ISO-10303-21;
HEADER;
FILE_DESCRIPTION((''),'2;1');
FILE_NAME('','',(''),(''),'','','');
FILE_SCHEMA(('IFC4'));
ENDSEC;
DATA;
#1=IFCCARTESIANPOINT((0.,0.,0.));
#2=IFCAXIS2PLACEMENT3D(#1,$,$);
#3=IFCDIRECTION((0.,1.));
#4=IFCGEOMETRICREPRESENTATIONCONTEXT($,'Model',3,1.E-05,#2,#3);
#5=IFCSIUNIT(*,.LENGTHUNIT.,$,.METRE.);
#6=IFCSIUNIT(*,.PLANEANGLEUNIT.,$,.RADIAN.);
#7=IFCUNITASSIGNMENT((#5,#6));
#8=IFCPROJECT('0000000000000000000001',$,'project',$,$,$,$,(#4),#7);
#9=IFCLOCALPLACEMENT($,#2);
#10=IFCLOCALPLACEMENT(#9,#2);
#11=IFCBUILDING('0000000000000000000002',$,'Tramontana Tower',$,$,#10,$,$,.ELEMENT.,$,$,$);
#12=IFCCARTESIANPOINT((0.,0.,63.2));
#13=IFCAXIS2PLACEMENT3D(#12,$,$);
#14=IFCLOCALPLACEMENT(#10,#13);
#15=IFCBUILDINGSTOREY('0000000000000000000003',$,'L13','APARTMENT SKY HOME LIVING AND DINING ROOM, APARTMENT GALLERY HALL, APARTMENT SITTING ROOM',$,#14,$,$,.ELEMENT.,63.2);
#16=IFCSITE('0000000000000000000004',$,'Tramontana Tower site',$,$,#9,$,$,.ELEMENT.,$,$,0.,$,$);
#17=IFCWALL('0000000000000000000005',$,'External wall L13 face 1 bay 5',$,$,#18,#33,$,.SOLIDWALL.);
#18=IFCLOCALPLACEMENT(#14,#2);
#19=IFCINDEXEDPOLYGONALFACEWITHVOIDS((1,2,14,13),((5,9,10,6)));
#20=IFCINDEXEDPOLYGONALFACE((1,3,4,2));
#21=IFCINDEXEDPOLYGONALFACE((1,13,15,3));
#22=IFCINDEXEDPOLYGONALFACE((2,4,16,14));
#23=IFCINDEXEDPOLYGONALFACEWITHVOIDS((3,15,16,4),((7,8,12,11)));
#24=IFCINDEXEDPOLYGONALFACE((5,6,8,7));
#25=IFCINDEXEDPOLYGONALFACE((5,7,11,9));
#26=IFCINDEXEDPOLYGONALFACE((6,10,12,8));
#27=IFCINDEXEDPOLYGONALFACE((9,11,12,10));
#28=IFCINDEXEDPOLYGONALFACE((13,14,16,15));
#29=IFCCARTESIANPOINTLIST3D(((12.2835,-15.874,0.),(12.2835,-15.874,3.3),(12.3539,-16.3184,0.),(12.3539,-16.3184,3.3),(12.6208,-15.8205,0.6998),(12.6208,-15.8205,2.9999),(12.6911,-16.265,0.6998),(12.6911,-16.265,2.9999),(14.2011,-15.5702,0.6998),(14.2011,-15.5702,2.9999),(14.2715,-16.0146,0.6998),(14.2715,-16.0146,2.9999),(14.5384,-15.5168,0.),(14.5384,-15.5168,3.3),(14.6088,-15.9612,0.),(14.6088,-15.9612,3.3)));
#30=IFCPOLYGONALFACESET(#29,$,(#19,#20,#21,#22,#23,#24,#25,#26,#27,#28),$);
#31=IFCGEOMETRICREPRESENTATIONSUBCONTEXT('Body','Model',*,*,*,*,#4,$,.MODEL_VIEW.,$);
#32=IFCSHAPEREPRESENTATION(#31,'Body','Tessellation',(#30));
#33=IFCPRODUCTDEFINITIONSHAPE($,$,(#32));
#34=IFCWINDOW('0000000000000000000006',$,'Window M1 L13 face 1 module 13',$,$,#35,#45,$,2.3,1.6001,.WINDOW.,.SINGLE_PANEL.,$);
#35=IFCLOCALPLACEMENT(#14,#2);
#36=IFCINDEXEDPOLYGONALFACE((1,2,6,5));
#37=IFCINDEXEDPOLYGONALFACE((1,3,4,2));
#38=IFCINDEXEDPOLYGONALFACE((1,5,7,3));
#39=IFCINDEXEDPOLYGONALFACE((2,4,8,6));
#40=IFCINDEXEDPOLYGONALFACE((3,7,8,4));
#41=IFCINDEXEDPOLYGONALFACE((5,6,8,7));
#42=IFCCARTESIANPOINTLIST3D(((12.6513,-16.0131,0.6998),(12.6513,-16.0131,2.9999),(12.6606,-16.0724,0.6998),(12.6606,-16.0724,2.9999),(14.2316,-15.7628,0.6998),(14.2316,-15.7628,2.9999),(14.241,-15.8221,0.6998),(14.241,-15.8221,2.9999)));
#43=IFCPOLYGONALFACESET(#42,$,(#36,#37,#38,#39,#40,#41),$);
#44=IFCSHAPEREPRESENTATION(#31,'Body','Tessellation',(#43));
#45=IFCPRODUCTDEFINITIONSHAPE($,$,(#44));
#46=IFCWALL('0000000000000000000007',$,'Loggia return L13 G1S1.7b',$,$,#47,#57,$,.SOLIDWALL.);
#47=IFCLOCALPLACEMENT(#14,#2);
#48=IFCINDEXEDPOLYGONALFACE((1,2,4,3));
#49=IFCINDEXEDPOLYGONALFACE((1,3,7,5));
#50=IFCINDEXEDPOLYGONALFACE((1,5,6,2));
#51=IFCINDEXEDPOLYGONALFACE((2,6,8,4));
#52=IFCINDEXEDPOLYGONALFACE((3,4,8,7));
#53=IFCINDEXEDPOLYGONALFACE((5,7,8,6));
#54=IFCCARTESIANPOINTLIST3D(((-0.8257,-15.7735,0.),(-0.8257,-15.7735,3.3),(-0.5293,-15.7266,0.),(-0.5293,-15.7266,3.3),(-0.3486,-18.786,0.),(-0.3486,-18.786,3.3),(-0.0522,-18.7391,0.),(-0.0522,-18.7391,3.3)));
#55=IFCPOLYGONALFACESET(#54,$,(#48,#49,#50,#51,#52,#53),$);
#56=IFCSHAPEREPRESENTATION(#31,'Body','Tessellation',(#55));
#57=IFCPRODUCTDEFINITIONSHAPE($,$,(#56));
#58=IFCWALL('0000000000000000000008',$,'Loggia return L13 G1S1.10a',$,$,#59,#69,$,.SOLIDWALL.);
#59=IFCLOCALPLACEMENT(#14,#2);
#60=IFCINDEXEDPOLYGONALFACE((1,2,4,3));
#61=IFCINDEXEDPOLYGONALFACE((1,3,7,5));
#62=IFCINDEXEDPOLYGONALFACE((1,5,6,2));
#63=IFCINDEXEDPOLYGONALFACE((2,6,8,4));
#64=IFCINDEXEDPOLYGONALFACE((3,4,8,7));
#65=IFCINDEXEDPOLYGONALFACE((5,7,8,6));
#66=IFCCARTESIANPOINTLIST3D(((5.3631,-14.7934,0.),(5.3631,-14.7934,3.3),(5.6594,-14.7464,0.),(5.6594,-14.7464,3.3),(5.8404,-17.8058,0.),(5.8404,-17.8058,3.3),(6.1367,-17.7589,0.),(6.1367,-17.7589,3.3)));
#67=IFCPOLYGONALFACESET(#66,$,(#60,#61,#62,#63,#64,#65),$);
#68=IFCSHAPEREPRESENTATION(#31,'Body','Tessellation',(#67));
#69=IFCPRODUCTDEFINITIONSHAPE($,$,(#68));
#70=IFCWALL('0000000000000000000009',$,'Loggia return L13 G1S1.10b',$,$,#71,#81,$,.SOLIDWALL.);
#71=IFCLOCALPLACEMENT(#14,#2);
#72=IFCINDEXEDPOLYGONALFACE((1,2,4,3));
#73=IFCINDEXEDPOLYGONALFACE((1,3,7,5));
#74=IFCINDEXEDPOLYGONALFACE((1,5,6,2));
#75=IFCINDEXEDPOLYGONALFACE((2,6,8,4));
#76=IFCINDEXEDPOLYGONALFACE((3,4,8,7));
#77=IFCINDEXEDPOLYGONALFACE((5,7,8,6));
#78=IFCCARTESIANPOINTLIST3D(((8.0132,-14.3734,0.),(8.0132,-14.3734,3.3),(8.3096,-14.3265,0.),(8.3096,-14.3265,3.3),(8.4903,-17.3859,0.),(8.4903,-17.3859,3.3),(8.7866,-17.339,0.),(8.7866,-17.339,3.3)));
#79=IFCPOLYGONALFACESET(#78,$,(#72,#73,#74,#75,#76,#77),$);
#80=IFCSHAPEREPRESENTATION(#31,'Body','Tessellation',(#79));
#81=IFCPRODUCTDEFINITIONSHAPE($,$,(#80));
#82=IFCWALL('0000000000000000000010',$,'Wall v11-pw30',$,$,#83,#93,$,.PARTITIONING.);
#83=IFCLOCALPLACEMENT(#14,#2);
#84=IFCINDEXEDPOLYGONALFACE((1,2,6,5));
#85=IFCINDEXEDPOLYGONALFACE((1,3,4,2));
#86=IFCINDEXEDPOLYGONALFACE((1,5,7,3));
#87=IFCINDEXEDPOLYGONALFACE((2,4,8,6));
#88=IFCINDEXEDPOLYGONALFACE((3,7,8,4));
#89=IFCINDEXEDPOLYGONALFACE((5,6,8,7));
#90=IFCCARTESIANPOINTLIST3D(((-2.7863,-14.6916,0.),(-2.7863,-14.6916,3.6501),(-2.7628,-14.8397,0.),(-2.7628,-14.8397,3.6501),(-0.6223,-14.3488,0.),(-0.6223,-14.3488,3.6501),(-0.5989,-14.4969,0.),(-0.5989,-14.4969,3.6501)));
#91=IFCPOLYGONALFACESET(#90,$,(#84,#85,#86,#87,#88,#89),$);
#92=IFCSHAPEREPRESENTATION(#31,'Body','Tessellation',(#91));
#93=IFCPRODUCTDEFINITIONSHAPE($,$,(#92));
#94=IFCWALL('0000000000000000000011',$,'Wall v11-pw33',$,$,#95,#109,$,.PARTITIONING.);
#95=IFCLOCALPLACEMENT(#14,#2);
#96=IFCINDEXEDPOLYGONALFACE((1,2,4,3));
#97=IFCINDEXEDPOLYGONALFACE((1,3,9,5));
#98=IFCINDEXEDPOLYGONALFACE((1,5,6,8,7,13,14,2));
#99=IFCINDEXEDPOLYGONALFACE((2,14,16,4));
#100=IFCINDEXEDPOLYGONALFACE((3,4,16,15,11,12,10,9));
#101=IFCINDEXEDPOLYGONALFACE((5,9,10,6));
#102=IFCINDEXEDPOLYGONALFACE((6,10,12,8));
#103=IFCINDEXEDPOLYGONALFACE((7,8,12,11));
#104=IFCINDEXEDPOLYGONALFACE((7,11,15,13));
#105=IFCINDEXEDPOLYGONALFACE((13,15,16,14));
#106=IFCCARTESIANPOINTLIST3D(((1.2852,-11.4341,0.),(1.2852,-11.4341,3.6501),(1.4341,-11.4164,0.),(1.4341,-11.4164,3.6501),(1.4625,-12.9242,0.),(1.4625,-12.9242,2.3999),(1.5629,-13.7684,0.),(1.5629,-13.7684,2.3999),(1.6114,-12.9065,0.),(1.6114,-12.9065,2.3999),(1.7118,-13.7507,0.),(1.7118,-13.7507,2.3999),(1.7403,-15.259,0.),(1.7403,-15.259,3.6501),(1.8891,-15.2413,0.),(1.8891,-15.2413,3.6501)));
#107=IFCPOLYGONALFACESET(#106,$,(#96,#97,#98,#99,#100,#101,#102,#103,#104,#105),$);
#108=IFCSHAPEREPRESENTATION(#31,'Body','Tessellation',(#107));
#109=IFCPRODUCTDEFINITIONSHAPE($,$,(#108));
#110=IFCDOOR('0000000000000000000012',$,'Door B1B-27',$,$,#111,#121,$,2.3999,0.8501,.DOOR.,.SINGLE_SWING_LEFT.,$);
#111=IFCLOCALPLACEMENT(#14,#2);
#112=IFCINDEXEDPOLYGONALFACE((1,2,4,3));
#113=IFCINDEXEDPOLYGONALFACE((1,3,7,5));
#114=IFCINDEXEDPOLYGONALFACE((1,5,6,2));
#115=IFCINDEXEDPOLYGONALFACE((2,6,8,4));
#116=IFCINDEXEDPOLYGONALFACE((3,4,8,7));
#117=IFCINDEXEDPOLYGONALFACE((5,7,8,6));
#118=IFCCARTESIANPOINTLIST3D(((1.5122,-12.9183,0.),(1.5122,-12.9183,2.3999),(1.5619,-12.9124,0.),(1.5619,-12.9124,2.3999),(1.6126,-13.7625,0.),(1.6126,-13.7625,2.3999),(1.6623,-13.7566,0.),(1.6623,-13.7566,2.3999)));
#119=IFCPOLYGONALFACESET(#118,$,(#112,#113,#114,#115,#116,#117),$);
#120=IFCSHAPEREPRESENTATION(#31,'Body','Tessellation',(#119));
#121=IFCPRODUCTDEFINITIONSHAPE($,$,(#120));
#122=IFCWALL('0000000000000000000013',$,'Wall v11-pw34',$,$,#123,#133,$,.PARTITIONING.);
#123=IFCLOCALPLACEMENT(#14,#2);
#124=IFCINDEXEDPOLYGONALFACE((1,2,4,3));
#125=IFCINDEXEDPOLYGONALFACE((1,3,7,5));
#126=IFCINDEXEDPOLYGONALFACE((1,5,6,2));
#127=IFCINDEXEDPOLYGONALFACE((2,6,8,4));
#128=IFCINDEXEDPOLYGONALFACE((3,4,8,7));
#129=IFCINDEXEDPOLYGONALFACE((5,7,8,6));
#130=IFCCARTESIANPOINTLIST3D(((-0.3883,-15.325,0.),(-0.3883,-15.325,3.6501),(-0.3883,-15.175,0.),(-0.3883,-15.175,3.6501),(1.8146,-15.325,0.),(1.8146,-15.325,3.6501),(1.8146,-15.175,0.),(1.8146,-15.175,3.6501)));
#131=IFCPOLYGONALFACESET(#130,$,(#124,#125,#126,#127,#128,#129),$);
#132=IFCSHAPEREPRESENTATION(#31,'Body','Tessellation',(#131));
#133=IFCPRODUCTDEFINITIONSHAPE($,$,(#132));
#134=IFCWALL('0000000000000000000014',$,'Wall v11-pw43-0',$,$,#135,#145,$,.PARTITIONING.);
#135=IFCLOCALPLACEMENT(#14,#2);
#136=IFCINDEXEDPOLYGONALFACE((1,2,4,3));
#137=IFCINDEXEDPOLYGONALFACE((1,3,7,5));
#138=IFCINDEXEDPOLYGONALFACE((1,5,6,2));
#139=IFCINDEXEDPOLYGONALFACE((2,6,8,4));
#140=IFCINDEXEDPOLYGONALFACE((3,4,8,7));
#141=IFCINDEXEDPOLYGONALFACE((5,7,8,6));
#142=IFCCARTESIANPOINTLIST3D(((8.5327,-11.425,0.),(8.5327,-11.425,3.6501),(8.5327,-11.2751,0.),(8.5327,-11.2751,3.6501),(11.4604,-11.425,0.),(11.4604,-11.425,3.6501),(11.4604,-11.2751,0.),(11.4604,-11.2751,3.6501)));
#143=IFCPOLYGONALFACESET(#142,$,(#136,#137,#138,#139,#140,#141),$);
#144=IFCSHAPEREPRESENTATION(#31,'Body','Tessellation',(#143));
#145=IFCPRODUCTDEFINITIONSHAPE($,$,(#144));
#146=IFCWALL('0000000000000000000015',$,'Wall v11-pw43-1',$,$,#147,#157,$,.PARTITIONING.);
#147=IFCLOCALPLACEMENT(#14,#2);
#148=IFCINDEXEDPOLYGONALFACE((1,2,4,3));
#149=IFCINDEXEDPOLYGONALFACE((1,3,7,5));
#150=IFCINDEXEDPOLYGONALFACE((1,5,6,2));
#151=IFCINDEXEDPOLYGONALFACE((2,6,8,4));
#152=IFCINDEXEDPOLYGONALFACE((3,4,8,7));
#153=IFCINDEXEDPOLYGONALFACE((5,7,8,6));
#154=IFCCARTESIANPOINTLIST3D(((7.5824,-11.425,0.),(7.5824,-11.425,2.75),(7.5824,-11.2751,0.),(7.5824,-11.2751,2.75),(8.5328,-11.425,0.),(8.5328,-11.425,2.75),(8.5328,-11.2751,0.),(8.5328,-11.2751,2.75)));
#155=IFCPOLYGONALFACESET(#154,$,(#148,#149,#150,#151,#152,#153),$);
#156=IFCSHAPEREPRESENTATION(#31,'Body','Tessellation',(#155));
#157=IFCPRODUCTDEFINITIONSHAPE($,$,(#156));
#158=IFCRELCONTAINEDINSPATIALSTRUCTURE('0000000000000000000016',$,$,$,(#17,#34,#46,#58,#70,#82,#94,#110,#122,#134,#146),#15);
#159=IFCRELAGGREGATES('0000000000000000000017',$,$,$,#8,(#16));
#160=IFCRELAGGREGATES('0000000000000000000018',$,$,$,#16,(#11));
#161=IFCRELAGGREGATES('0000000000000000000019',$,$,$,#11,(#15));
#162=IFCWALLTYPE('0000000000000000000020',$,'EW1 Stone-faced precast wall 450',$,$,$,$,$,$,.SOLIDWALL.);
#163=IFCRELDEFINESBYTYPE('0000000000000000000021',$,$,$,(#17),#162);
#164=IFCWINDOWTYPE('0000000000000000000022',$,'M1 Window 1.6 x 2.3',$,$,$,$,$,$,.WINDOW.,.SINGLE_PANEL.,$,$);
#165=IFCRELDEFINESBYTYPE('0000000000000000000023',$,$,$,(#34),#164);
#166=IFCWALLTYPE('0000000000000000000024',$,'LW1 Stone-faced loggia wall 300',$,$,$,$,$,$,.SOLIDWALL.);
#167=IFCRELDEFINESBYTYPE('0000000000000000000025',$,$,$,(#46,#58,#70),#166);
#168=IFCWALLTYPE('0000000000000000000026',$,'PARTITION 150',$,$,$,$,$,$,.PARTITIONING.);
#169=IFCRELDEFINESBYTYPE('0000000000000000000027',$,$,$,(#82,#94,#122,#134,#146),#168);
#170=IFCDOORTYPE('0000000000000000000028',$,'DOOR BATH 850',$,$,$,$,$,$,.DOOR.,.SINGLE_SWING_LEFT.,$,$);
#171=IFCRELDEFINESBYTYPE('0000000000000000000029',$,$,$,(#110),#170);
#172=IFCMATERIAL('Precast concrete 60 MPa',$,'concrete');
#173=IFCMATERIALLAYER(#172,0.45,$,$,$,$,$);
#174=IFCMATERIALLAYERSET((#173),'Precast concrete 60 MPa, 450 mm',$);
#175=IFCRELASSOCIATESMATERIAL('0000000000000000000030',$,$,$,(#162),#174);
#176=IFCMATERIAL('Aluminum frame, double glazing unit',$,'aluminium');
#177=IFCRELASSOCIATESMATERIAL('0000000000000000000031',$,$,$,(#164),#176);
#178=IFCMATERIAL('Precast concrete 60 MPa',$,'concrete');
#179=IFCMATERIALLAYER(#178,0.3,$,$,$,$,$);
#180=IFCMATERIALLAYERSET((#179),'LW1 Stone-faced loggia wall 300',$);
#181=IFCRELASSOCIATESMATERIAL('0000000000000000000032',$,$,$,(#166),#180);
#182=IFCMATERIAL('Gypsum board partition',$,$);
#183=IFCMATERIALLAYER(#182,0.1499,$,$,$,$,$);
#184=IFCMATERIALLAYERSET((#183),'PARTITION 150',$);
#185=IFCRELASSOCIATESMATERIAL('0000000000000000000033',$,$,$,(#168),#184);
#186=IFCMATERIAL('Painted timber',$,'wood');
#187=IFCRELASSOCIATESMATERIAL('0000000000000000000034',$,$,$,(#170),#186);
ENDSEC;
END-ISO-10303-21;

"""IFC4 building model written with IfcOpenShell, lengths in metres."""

from ifc_helpers import new_model, si_unit, direction, frame, frame_2d, origin, place, context, subcontext, project, spatial, rectangle, extrude, material, layer, layer_set, type_object, element, fill, save


model = new_model("IFC4")

# Units and contexts
model_context = context("Model", 3, precision=1e-05, world=origin(), true_north=direction((0.0, 1.0)))
body_context = subcontext(model_context, "Body", "Model", "MODEL_VIEW")
ifc_project = project(units=[si_unit("LENGTHUNIT", "METRE"), si_unit("PLANEANGLEUNIT", "RADIAN")], contexts=[model_context])

# Site, building, storey
site_placement = place(None, origin())
site = spatial("IfcSite", under=ifc_project, at=site_placement, Name="Tramontana Tower site", CompositionType="ELEMENT", RefElevation=0.0)
building_placement = place(site_placement, origin())
building = spatial("IfcBuilding", under=site, at=building_placement, Name="Tramontana Tower", CompositionType="ELEMENT")
storey_placement = place(building_placement, frame((0.0, 0.0, 63.2)))
storey = spatial("IfcBuildingStorey", under=building, at=storey_placement, Name="L13", Description="APARTMENT SKY HOME LIVING AND DINING ROOM, APARTMENT GALLERY HALL, APARTMENT SITTING ROOM", CompositionType="ELEMENT", Elevation=63.2)

# Wall, opening, window
ifc_material_1 = material(Name="Precast concrete 60 MPa", Category="concrete")
ifc_layer_1 = layer(ifc_material_1, 0.45)
ifc_layer_set_1 = layer_set([ifc_layer_1], Name="Precast concrete 60 MPa, 450 mm")
wall_type_1 = type_object("IfcWallType", Name="EW1 Stone-faced precast wall 450", PredefinedType="SOLIDWALL", material=ifc_layer_set_1)
ifc_material_2 = material(Name="Aluminum frame, double glazing unit", Category="aluminium")
window_type_1 = type_object("IfcWindowType", Name="M1 Window 1.6 x 2.3", PartitioningType="SINGLE_PANEL", PredefinedType="WINDOW", material=ifc_material_2)
wall_1_placement = place(storey_placement, frame((12.3186, -16.0962, 0.0), z_axis=(0.0, 0.0, 1.0), x_axis=(0.987686, 0.156451, 0.0)))
wall_1 = element("IfcWall", 1, at=wall_1_placement, inside=storey, type_object=wall_type_1, Name="External wall L13 face 1 bay 5", PredefinedType="SOLIDWALL", context=body_context, shape_type="SweptSolid", body=[
    extrude(rectangle(XDim=2.283, YDim=0.45, at=frame_2d((1.1416, 0.0))), origin(), (0.0, 0.0, 1.0), 3.3),
])
opening_1_placement = place(wall_1_placement, frame((0.3416, 0.0, 0.7)))
opening_1 = element("IfcOpeningElement", 2, at=opening_1_placement, cuts=wall_1, PredefinedType="OPENING", context=body_context, shape_type="SweptSolid", body=[
    extrude(rectangle(XDim=1.6001, YDim=2.3, at=frame_2d((0.8, 1.1499))), frame((0.0, 0.2349, 0.0), z_axis=(0.0, -1.0, 0.0), x_axis=(1.0, 0.0, 0.0)), (0.0, 0.0, 1.0), 0.47),
])
window_1_placement = place(opening_1_placement, origin())
window_1 = element("IfcWindow", 3, at=window_1_placement, inside=storey, type_object=window_type_1, Name="Window M1 L13 face 1 module 13", OverallHeight=2.3, OverallWidth=1.6001, PartitioningType="SINGLE_PANEL", PredefinedType="WINDOW", context=body_context, shape_type="SweptSolid", body=[
    extrude(rectangle(XDim=1.6001, YDim=2.3, at=frame_2d((0.8, 1.1499))), frame((0.0, 0.03, 0.0), z_axis=(0.0, -1.0, 0.0), x_axis=(1.0, 0.0, 0.0)), (0.0, 0.0, 1.0), 0.0601),
])
fill(opening_1, window_1)

# Wall
ifc_material_3 = material(Name="Precast concrete 60 MPa", Category="concrete")
ifc_layer_2 = layer(ifc_material_3, 0.3)
ifc_layer_set_2 = layer_set([ifc_layer_2], Name="LW1 Stone-faced loggia wall 300")
wall_type_2 = type_object("IfcWallType", Name="LW1 Stone-faced loggia wall 300", PredefinedType="SOLIDWALL", material=ifc_layer_set_2)
wall_2_placement = place(storey_placement, frame((-0.2004, -18.7625, 0.0), z_axis=(0.0, 0.0, 1.0), x_axis=(-0.156411, 0.987692, 0.0)))
element("IfcWall", 4, at=wall_2_placement, inside=storey, type_object=wall_type_2, Name="Loggia return L13 G1S1.7b", PredefinedType="SOLIDWALL", context=body_context, shape_type="SweptSolid", body=[
    extrude(rectangle(XDim=3.05, YDim=0.3, at=frame_2d((1.5249, 0.0))), origin(), (0.0, 0.0, 1.0), 3.3),
])

# Walls
for number, where, z_axis, x_axis, name in (
    (5, (5.9885, -17.7822, 0.0), (0.0, 0.0, 1.0), (-0.156489, 0.98768, 0.0), "Loggia return L13 G1S1.10a"),
    (6, (8.6384, -17.3623, 0.0), (0.0, 0.0, 1.0), (-0.156411, 0.987692, 0.0), "Loggia return L13 G1S1.10b"),
):
    element("IfcWall", number, at=place(storey_placement, frame(where, z_axis=z_axis, x_axis=x_axis)), inside=storey, type_object=wall_type_2, Name=name, PredefinedType="SOLIDWALL", context=body_context, shape_type="SweptSolid", body=[
        extrude(rectangle(XDim=3.05, YDim=0.3, at=frame_2d((1.5249, 0.0))), origin(), (0.0, 0.0, 1.0), 3.3),
    ])
ifc_material_4 = material(Name="Gypsum board partition")
ifc_layer_3 = layer(ifc_material_4, 0.1499)
ifc_layer_set_3 = layer_set([ifc_layer_3], Name="PARTITION 150")
wall_type_3 = type_object("IfcWallType", Name="PARTITION 150", PredefinedType="PARTITIONING", material=ifc_layer_set_3)
wall_3_placement = place(storey_placement, frame((-0.6106, -14.4229, 0.0), z_axis=(0.0, 0.0, 1.0), x_axis=(-0.987684, -0.15646, 0.0)))
element("IfcWall", 7, at=wall_3_placement, inside=storey, type_object=wall_type_3, Name="Wall v11-pw30", PredefinedType="PARTITIONING", context=body_context, shape_type="SweptSolid", body=[
    extrude(rectangle(XDim=2.1909, YDim=0.1499, at=frame_2d((1.0955, 0.0))), origin(), (0.0, 0.0, 1.0), 3.6501),
])

# Wall, opening, door
wall_4_placement = place(storey_placement, frame((1.8147, -15.25, 0.0), z_axis=(0.0, 0.0, 1.0), x_axis=(-0.118143, 0.992997, 0.0)))
wall_4 = element("IfcWall", 8, at=wall_4_placement, inside=storey, type_object=wall_type_3, Name="Wall v11-pw33", PredefinedType="PARTITIONING", context=body_context, shape_type="SweptSolid", body=[
    extrude(rectangle(XDim=3.8518, YDim=0.1499, at=frame_2d((1.9258, 0.0))), origin(), (0.0, 0.0, 1.0), 3.6501),
])
opening_2_placement = place(wall_4_placement, frame((1.501, 0.0, 0.0)))
opening_2 = element("IfcOpeningElement", 9, at=opening_2_placement, cuts=wall_4, PredefinedType="OPENING", context=body_context, shape_type="SweptSolid", body=[
    extrude(rectangle(XDim=0.8501, YDim=2.3999, at=frame_2d((0.425, 1.2))), frame((0.0, 0.085, 0.0), z_axis=(0.0, -1.0, 0.0), x_axis=(1.0, 0.0, 0.0)), (0.0, 0.0, 1.0), 0.1699),
])
ifc_material_5 = material(Name="Painted timber", Category="wood")
door_type_1 = type_object("IfcDoorType", Name="DOOR BATH 850", OperationType="SINGLE_SWING_LEFT", PredefinedType="DOOR", material=ifc_material_5)
door_1_placement = place(opening_2_placement, origin())
door_1 = element("IfcDoor", 10, at=door_1_placement, inside=storey, type_object=door_type_1, Name="Door B1B-27", OperationType="SINGLE_SWING_LEFT", OverallHeight=2.3999, OverallWidth=0.8501, PredefinedType="DOOR", context=body_context, shape_type="SweptSolid", body=[
    extrude(rectangle(XDim=0.8501, YDim=2.3999, at=frame_2d((0.425, 1.2))), frame((0.0, 0.0249, 0.0), z_axis=(0.0, -1.0, 0.0), x_axis=(1.0, 0.0, 0.0)), (0.0, 0.0, 1.0), 0.05),
])
fill(opening_2, door_1)

# Walls
wall_5_placement = place(storey_placement, frame((1.8147, -15.25, 0.0), z_axis=(0.0, 0.0, 1.0), x_axis=(-1.0, 0.0, 0.0)))
element("IfcWall", 11, at=wall_5_placement, inside=storey, type_object=wall_type_3, Name="Wall v11-pw34", PredefinedType="PARTITIONING", context=body_context, shape_type="SweptSolid", body=[
    extrude(rectangle(XDim=2.2029, YDim=0.1499, at=frame_2d((1.1016, 0.0))), origin(), (0.0, 0.0, 1.0), 3.6501),
])
wall_6_placement = place(storey_placement, frame((11.4604, -11.3501, 0.0), z_axis=(0.0, 0.0, 1.0), x_axis=(-1.0, 0.0, 0.0)))
element("IfcWall", 12, at=wall_6_placement, inside=storey, type_object=wall_type_3, Name="Wall v11-pw43-0", PredefinedType="PARTITIONING", context=body_context, shape_type="SweptSolid", body=[
    extrude(rectangle(XDim=2.9277, YDim=0.1499, at=frame_2d((1.4639, 0.0))), origin(), (0.0, 0.0, 1.0), 3.6501),
])
wall_7_placement = place(storey_placement, frame((8.5327, -11.3501, 0.0), z_axis=(0.0, 0.0, 1.0), x_axis=(-1.0, 0.0, 0.0)))
element("IfcWall", 13, at=wall_7_placement, inside=storey, type_object=wall_type_3, Name="Wall v11-pw43-1", PredefinedType="PARTITIONING", context=body_context, shape_type="SweptSolid", body=[
    extrude(rectangle(XDim=0.9504, YDim=0.1499, at=frame_2d((0.4751, 0.0))), origin(), (0.0, 0.0, 1.0), 2.75),
])

save(model, "model.ifc")
